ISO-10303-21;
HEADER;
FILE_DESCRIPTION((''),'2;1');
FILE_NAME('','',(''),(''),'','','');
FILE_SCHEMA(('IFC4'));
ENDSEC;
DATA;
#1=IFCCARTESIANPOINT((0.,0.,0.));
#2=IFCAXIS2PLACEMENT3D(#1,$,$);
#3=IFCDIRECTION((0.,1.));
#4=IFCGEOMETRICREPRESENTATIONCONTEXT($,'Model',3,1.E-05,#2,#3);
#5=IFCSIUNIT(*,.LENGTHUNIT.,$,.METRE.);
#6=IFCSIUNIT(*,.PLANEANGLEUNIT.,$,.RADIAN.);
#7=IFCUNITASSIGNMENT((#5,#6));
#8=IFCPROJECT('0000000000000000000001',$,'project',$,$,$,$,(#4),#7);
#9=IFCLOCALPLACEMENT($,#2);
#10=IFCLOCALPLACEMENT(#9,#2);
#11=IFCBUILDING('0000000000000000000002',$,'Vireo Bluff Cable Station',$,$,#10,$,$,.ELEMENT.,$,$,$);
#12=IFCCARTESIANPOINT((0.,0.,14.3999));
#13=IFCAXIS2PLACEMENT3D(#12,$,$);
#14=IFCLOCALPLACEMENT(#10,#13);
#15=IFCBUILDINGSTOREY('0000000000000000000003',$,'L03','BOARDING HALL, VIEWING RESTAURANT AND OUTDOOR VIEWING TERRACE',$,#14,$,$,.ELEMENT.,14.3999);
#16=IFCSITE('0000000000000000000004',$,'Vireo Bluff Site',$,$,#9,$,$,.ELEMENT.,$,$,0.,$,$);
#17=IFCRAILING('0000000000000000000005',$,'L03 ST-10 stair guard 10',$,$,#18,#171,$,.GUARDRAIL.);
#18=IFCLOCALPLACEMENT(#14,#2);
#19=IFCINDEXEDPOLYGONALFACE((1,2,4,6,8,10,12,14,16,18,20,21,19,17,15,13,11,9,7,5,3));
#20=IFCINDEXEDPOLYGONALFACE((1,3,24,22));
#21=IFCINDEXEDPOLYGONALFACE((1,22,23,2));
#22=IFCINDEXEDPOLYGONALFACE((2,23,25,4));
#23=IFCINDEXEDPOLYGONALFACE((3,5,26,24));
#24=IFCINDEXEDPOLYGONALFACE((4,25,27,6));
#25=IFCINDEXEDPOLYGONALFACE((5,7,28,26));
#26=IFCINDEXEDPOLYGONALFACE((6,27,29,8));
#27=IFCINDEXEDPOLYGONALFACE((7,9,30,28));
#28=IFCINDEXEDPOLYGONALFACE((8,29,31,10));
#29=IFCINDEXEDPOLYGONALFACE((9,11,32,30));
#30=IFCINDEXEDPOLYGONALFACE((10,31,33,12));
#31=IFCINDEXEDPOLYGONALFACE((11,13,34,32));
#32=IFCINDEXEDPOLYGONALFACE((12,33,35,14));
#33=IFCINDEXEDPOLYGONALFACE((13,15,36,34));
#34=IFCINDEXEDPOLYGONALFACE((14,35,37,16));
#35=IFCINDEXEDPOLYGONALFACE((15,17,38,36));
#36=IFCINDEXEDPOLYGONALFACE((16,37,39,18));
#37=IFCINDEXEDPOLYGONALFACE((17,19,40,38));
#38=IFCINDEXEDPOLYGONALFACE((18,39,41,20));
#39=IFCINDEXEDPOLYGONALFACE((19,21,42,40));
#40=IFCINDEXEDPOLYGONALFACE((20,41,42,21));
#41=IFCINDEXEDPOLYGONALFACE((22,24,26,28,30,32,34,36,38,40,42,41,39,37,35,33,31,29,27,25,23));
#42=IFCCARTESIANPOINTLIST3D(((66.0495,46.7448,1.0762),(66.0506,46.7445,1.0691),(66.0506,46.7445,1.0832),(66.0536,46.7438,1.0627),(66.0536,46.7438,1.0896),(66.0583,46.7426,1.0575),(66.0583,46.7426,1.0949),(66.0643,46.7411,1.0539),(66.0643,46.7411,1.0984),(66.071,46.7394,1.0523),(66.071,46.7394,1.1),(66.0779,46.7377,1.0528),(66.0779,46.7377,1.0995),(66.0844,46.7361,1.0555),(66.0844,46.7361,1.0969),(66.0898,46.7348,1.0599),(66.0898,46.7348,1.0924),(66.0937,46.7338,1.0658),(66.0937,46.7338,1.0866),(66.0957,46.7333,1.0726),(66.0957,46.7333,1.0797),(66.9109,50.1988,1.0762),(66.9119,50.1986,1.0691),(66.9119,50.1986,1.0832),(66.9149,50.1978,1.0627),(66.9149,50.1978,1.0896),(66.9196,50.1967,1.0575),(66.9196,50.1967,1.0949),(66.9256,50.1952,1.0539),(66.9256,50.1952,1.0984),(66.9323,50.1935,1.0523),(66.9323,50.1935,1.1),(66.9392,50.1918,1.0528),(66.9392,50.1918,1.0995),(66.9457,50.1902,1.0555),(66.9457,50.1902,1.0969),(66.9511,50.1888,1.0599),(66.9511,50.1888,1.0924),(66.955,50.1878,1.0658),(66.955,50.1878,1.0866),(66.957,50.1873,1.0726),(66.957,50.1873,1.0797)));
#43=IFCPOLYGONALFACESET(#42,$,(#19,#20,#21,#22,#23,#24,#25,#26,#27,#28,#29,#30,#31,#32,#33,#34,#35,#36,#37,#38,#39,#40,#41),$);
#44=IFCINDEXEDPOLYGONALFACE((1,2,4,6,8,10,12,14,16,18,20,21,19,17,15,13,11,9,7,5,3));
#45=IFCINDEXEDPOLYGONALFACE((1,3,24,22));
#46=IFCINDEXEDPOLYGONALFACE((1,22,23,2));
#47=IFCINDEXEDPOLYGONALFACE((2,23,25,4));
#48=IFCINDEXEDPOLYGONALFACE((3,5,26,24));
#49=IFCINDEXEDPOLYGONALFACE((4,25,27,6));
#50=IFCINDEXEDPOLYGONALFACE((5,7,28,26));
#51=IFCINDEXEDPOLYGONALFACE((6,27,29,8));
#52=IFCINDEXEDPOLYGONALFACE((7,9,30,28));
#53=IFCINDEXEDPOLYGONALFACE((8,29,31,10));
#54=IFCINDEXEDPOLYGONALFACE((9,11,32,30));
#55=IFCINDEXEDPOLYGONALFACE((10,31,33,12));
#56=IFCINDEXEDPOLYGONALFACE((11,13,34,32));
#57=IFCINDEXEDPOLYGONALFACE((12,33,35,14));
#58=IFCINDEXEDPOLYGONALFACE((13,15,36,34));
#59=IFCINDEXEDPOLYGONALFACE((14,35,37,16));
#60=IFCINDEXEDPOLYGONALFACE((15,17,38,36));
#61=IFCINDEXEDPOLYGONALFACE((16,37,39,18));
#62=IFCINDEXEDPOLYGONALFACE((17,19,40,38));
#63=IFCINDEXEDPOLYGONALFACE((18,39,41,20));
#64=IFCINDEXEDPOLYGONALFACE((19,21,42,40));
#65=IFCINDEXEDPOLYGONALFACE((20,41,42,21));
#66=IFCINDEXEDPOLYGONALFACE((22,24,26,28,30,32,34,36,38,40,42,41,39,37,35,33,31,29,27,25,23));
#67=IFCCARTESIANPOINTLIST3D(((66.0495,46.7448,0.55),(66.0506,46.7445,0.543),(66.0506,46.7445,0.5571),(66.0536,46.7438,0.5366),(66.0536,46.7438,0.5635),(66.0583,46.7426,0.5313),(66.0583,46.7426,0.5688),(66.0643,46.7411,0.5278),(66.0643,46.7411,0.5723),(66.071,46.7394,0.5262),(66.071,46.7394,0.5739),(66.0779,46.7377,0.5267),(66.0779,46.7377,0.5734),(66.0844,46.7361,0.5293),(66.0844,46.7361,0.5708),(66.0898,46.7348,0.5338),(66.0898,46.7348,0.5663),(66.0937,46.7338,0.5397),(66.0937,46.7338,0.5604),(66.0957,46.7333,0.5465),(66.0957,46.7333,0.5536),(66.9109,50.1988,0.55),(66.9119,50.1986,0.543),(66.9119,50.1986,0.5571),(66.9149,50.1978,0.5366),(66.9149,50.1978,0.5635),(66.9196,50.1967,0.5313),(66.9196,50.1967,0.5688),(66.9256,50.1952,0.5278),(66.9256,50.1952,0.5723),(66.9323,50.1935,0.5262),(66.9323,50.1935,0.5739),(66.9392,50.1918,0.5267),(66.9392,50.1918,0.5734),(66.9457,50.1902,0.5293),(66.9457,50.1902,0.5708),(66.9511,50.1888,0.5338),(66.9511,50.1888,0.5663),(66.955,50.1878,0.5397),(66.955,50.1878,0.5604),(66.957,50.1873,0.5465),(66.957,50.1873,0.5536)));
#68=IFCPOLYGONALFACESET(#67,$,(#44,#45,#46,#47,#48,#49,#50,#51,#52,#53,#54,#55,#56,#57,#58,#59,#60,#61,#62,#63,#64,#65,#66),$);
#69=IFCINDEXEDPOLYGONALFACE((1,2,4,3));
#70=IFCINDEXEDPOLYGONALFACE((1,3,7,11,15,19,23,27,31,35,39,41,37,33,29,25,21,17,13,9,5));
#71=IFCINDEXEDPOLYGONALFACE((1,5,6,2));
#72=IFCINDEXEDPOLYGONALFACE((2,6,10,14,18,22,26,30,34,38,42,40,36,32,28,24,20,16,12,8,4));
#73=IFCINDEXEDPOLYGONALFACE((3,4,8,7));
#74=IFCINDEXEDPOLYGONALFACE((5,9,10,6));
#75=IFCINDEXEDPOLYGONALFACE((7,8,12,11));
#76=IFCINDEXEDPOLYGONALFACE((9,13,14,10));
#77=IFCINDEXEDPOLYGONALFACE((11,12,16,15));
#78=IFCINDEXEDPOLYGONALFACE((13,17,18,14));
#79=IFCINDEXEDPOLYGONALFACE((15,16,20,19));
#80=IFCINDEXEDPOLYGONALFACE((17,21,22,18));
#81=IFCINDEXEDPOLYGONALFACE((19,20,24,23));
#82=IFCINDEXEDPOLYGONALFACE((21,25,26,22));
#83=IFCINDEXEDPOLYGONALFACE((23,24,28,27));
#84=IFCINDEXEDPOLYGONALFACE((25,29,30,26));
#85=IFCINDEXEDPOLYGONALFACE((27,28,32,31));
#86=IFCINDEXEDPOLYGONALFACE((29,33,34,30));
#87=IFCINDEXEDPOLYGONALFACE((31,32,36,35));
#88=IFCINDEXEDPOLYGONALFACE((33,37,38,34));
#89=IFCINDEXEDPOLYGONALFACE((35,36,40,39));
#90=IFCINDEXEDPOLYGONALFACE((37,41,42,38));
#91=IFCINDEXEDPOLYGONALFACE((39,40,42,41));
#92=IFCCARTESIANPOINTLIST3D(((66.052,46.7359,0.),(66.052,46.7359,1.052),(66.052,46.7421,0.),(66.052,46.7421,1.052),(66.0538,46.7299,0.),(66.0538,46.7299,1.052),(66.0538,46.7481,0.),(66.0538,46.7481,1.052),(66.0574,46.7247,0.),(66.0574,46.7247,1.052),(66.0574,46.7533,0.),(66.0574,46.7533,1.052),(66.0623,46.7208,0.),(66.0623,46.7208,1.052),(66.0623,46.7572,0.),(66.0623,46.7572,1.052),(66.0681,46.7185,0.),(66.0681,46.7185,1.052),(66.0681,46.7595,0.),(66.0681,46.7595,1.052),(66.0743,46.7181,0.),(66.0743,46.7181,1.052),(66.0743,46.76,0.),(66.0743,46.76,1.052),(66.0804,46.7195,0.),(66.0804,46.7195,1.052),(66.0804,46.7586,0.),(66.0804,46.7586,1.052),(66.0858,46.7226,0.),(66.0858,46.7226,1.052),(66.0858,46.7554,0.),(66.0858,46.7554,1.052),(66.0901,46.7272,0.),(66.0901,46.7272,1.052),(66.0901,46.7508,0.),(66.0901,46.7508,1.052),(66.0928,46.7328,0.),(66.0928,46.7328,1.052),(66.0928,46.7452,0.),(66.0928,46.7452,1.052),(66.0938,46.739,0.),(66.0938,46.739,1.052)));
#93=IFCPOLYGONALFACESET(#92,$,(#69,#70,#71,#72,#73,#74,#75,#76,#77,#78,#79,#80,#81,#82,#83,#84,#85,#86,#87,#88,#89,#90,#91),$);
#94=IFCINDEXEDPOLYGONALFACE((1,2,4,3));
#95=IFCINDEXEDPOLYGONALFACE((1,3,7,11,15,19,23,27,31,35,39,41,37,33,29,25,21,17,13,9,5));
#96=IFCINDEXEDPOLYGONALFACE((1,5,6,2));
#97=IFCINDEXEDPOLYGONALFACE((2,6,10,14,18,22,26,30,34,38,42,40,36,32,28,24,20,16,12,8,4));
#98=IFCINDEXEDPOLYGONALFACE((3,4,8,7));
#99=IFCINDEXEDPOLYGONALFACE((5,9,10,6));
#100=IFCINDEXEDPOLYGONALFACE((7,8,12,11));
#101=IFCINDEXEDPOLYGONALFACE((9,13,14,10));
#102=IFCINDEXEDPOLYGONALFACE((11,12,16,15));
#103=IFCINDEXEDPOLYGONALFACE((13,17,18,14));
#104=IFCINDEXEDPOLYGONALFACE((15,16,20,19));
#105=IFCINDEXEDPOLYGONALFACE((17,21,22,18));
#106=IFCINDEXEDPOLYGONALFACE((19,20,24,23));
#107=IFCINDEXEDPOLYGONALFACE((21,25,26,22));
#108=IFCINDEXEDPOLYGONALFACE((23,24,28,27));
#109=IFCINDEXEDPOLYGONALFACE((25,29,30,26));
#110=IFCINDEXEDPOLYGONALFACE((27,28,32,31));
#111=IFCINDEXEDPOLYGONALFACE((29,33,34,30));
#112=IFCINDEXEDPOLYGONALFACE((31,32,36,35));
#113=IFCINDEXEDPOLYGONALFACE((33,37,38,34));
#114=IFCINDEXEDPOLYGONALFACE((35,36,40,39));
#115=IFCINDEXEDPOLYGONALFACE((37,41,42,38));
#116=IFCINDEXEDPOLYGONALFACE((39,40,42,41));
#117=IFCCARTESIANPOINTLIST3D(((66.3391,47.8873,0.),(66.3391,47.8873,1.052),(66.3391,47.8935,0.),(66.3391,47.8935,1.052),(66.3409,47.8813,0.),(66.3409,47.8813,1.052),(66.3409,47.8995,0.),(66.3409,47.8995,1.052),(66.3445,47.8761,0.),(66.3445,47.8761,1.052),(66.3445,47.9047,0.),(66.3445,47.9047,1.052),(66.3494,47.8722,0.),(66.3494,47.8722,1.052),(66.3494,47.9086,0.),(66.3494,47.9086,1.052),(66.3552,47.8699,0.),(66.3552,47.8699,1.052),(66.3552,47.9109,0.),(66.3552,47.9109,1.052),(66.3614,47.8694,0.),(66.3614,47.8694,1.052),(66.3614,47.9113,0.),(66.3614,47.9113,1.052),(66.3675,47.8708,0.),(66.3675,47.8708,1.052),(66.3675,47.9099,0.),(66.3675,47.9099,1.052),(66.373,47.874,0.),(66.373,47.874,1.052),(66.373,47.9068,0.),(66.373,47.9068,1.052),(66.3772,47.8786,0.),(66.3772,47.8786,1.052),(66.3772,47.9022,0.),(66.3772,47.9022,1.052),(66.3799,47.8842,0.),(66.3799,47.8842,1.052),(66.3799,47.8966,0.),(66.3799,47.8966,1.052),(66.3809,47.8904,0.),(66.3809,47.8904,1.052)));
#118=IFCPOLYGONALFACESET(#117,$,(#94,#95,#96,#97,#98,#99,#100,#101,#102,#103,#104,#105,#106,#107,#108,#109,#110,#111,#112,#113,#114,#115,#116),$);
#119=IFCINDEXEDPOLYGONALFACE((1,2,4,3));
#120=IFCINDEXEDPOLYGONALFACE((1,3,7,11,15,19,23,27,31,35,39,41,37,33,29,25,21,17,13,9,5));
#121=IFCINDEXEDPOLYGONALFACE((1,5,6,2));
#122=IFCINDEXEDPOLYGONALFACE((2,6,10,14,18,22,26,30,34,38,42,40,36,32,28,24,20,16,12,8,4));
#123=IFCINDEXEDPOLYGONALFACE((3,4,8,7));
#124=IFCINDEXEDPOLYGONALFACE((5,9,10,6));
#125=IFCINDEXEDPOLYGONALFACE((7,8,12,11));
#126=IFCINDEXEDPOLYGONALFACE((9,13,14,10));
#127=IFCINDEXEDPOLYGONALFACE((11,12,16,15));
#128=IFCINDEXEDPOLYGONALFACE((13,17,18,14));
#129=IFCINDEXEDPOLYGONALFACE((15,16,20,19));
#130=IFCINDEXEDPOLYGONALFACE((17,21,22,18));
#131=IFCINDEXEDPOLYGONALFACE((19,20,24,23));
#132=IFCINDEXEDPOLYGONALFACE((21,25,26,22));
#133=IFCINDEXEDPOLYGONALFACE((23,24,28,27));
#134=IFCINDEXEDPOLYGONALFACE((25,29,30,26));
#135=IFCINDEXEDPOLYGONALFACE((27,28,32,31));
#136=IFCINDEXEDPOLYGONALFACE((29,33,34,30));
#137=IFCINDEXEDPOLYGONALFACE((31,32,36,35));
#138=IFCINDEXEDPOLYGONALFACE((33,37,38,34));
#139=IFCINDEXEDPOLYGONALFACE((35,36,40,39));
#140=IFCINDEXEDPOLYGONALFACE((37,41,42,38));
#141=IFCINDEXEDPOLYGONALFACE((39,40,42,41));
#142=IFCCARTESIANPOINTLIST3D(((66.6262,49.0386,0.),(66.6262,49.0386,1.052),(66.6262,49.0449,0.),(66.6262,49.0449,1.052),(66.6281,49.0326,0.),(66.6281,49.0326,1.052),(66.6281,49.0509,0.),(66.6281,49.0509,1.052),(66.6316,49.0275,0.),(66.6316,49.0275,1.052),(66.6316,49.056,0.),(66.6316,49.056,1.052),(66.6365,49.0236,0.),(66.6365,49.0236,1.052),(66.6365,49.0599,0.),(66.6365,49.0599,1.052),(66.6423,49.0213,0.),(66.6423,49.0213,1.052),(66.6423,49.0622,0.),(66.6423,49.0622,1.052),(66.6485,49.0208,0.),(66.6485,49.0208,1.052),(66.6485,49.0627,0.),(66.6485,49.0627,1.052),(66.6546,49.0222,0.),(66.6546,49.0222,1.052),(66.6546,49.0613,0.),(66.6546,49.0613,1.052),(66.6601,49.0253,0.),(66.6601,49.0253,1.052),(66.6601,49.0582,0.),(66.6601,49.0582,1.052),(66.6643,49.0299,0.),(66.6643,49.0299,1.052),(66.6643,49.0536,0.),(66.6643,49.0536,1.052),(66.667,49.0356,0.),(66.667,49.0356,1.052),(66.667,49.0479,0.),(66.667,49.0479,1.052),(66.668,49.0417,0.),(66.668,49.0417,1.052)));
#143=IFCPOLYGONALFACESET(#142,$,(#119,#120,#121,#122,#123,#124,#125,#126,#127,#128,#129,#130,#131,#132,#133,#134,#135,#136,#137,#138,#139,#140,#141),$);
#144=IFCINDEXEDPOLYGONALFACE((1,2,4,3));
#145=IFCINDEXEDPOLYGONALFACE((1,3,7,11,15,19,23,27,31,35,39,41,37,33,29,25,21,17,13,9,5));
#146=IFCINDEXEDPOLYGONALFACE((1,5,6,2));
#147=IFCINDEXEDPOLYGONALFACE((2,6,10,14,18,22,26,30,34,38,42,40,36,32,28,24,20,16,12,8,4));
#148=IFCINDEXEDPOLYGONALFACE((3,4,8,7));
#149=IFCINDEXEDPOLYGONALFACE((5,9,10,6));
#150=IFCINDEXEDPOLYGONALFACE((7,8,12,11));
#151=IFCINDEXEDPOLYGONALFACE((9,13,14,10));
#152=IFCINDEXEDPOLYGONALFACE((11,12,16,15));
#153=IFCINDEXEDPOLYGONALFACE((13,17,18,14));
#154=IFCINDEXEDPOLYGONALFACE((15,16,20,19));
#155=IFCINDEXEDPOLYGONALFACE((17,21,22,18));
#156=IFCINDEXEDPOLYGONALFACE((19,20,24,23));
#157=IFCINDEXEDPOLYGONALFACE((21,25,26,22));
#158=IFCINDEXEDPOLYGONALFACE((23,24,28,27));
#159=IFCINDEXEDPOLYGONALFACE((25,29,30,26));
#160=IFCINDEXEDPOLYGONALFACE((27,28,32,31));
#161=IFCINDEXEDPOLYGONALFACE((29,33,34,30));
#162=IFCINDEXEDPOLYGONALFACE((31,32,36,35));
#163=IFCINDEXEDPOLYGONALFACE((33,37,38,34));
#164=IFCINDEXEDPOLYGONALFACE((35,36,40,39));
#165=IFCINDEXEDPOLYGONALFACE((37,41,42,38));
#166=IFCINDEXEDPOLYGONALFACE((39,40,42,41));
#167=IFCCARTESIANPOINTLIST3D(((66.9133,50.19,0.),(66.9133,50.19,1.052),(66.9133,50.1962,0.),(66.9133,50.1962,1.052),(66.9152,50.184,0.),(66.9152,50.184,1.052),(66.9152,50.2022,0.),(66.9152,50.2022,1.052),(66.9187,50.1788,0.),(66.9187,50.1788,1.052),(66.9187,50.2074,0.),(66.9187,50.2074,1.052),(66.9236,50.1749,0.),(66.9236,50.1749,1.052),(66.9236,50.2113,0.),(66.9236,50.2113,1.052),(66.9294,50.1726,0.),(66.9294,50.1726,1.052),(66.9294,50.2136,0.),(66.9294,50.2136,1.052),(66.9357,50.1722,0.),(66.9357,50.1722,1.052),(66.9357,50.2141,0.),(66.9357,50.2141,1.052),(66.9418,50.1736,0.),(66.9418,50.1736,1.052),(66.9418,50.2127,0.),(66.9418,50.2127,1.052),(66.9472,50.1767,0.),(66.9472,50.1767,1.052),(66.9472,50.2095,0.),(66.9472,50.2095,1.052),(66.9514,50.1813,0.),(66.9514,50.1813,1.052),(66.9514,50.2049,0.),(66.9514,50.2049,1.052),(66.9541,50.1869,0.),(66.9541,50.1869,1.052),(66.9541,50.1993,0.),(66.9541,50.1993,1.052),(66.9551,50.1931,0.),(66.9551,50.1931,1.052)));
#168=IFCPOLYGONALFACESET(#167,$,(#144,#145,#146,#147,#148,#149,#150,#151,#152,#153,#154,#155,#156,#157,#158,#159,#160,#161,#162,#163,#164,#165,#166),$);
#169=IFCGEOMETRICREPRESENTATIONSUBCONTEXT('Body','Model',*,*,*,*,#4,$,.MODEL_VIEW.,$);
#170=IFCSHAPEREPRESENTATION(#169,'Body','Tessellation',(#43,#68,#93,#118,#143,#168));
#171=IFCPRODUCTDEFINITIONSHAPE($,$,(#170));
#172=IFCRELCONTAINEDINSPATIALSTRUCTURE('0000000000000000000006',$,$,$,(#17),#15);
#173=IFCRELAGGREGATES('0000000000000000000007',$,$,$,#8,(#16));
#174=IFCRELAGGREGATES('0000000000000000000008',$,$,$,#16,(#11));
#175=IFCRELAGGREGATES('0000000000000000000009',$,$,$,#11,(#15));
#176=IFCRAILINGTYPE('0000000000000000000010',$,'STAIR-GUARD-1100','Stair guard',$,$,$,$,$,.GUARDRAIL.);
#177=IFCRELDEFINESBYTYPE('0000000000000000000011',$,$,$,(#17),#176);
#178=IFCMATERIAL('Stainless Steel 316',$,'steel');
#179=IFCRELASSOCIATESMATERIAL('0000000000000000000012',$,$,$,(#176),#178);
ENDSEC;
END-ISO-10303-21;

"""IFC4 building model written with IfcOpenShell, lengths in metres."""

from ifc_helpers import new_model, si_unit, direction, frame, origin, origin_2d, place, context, subcontext, project, spatial, circle, extrude, material, type_object, element, save


model = new_model("IFC4")

# Units and contexts
model_context = context("Model", 3, precision=1e-05, world=origin(), true_north=direction((0.0, 1.0)))
body_context = subcontext(model_context, "Body", "Model", "MODEL_VIEW")
ifc_project = project(units=[si_unit("LENGTHUNIT", "METRE"), si_unit("PLANEANGLEUNIT", "RADIAN")], contexts=[model_context])

# Site, building, storey
site_placement = place(None, origin())
site = spatial("IfcSite", under=ifc_project, at=site_placement, Name="Vireo Bluff Site", CompositionType="ELEMENT", RefElevation=0.0)
building_placement = place(site_placement, origin())
building = spatial("IfcBuilding", under=site, at=building_placement, Name="Vireo Bluff Cable Station", CompositionType="ELEMENT")
storey_placement = place(building_placement, frame((0.0, 0.0, 14.3999)))
storey = spatial("IfcBuildingStorey", under=building, at=storey_placement, Name="L03", Description="BOARDING HALL, VIEWING RESTAURANT AND OUTDOOR VIEWING TERRACE", CompositionType="ELEMENT", Elevation=14.3999)

# Railing
ifc_material_1 = material(Name="Stainless Steel 316", Category="steel")
railing_type_1 = type_object("IfcRailingType", Name="STAIR-GUARD-1100", Description="Stair guard", PredefinedType="GUARDRAIL", material=ifc_material_1)
railing_1_placement = place(storey_placement, frame((66.0728, 46.739, 0.0)))
element("IfcRailing", 1, at=railing_1_placement, inside=storey, type_object=railing_type_1, Name="L03 ST-10 stair guard 10", PredefinedType="GUARDRAIL", context=body_context, shape_type="SweptSolid", body=[
    extrude(circle(Radius=0.0239, at=origin_2d()), frame((0.0, 0.0, 1.0762), z_axis=(0.241955, 0.970288, 0.0), x_axis=(-0.970288, 0.241955, 0.0)), (0.0, 0.0, 1.0), 3.5598),
    extrude(circle(Radius=0.0239, at=origin_2d()), frame((0.0, 0.0, 0.55), z_axis=(0.241955, 0.970288, 0.0), x_axis=(-0.970288, 0.241955, 0.0)), (0.0, 0.0, 1.0), 3.5598),
    extrude(circle(Radius=0.021, at=origin_2d()), origin(), (0.0, 0.0, 1.0), 1.052),
    extrude(circle(Radius=0.021, at=origin_2d()), frame((0.2871, 1.1514, 0.0)), (0.0, 0.0, 1.0), 1.052),
    extrude(circle(Radius=0.021, at=origin_2d()), frame((0.5742, 2.3027, 0.0)), (0.0, 0.0, 1.0), 1.052),
    extrude(circle(Radius=0.021, at=origin_2d()), frame((0.8613, 3.4541, 0.0)), (0.0, 0.0, 1.0), 1.052),
])

save(model, "model.ifc")
